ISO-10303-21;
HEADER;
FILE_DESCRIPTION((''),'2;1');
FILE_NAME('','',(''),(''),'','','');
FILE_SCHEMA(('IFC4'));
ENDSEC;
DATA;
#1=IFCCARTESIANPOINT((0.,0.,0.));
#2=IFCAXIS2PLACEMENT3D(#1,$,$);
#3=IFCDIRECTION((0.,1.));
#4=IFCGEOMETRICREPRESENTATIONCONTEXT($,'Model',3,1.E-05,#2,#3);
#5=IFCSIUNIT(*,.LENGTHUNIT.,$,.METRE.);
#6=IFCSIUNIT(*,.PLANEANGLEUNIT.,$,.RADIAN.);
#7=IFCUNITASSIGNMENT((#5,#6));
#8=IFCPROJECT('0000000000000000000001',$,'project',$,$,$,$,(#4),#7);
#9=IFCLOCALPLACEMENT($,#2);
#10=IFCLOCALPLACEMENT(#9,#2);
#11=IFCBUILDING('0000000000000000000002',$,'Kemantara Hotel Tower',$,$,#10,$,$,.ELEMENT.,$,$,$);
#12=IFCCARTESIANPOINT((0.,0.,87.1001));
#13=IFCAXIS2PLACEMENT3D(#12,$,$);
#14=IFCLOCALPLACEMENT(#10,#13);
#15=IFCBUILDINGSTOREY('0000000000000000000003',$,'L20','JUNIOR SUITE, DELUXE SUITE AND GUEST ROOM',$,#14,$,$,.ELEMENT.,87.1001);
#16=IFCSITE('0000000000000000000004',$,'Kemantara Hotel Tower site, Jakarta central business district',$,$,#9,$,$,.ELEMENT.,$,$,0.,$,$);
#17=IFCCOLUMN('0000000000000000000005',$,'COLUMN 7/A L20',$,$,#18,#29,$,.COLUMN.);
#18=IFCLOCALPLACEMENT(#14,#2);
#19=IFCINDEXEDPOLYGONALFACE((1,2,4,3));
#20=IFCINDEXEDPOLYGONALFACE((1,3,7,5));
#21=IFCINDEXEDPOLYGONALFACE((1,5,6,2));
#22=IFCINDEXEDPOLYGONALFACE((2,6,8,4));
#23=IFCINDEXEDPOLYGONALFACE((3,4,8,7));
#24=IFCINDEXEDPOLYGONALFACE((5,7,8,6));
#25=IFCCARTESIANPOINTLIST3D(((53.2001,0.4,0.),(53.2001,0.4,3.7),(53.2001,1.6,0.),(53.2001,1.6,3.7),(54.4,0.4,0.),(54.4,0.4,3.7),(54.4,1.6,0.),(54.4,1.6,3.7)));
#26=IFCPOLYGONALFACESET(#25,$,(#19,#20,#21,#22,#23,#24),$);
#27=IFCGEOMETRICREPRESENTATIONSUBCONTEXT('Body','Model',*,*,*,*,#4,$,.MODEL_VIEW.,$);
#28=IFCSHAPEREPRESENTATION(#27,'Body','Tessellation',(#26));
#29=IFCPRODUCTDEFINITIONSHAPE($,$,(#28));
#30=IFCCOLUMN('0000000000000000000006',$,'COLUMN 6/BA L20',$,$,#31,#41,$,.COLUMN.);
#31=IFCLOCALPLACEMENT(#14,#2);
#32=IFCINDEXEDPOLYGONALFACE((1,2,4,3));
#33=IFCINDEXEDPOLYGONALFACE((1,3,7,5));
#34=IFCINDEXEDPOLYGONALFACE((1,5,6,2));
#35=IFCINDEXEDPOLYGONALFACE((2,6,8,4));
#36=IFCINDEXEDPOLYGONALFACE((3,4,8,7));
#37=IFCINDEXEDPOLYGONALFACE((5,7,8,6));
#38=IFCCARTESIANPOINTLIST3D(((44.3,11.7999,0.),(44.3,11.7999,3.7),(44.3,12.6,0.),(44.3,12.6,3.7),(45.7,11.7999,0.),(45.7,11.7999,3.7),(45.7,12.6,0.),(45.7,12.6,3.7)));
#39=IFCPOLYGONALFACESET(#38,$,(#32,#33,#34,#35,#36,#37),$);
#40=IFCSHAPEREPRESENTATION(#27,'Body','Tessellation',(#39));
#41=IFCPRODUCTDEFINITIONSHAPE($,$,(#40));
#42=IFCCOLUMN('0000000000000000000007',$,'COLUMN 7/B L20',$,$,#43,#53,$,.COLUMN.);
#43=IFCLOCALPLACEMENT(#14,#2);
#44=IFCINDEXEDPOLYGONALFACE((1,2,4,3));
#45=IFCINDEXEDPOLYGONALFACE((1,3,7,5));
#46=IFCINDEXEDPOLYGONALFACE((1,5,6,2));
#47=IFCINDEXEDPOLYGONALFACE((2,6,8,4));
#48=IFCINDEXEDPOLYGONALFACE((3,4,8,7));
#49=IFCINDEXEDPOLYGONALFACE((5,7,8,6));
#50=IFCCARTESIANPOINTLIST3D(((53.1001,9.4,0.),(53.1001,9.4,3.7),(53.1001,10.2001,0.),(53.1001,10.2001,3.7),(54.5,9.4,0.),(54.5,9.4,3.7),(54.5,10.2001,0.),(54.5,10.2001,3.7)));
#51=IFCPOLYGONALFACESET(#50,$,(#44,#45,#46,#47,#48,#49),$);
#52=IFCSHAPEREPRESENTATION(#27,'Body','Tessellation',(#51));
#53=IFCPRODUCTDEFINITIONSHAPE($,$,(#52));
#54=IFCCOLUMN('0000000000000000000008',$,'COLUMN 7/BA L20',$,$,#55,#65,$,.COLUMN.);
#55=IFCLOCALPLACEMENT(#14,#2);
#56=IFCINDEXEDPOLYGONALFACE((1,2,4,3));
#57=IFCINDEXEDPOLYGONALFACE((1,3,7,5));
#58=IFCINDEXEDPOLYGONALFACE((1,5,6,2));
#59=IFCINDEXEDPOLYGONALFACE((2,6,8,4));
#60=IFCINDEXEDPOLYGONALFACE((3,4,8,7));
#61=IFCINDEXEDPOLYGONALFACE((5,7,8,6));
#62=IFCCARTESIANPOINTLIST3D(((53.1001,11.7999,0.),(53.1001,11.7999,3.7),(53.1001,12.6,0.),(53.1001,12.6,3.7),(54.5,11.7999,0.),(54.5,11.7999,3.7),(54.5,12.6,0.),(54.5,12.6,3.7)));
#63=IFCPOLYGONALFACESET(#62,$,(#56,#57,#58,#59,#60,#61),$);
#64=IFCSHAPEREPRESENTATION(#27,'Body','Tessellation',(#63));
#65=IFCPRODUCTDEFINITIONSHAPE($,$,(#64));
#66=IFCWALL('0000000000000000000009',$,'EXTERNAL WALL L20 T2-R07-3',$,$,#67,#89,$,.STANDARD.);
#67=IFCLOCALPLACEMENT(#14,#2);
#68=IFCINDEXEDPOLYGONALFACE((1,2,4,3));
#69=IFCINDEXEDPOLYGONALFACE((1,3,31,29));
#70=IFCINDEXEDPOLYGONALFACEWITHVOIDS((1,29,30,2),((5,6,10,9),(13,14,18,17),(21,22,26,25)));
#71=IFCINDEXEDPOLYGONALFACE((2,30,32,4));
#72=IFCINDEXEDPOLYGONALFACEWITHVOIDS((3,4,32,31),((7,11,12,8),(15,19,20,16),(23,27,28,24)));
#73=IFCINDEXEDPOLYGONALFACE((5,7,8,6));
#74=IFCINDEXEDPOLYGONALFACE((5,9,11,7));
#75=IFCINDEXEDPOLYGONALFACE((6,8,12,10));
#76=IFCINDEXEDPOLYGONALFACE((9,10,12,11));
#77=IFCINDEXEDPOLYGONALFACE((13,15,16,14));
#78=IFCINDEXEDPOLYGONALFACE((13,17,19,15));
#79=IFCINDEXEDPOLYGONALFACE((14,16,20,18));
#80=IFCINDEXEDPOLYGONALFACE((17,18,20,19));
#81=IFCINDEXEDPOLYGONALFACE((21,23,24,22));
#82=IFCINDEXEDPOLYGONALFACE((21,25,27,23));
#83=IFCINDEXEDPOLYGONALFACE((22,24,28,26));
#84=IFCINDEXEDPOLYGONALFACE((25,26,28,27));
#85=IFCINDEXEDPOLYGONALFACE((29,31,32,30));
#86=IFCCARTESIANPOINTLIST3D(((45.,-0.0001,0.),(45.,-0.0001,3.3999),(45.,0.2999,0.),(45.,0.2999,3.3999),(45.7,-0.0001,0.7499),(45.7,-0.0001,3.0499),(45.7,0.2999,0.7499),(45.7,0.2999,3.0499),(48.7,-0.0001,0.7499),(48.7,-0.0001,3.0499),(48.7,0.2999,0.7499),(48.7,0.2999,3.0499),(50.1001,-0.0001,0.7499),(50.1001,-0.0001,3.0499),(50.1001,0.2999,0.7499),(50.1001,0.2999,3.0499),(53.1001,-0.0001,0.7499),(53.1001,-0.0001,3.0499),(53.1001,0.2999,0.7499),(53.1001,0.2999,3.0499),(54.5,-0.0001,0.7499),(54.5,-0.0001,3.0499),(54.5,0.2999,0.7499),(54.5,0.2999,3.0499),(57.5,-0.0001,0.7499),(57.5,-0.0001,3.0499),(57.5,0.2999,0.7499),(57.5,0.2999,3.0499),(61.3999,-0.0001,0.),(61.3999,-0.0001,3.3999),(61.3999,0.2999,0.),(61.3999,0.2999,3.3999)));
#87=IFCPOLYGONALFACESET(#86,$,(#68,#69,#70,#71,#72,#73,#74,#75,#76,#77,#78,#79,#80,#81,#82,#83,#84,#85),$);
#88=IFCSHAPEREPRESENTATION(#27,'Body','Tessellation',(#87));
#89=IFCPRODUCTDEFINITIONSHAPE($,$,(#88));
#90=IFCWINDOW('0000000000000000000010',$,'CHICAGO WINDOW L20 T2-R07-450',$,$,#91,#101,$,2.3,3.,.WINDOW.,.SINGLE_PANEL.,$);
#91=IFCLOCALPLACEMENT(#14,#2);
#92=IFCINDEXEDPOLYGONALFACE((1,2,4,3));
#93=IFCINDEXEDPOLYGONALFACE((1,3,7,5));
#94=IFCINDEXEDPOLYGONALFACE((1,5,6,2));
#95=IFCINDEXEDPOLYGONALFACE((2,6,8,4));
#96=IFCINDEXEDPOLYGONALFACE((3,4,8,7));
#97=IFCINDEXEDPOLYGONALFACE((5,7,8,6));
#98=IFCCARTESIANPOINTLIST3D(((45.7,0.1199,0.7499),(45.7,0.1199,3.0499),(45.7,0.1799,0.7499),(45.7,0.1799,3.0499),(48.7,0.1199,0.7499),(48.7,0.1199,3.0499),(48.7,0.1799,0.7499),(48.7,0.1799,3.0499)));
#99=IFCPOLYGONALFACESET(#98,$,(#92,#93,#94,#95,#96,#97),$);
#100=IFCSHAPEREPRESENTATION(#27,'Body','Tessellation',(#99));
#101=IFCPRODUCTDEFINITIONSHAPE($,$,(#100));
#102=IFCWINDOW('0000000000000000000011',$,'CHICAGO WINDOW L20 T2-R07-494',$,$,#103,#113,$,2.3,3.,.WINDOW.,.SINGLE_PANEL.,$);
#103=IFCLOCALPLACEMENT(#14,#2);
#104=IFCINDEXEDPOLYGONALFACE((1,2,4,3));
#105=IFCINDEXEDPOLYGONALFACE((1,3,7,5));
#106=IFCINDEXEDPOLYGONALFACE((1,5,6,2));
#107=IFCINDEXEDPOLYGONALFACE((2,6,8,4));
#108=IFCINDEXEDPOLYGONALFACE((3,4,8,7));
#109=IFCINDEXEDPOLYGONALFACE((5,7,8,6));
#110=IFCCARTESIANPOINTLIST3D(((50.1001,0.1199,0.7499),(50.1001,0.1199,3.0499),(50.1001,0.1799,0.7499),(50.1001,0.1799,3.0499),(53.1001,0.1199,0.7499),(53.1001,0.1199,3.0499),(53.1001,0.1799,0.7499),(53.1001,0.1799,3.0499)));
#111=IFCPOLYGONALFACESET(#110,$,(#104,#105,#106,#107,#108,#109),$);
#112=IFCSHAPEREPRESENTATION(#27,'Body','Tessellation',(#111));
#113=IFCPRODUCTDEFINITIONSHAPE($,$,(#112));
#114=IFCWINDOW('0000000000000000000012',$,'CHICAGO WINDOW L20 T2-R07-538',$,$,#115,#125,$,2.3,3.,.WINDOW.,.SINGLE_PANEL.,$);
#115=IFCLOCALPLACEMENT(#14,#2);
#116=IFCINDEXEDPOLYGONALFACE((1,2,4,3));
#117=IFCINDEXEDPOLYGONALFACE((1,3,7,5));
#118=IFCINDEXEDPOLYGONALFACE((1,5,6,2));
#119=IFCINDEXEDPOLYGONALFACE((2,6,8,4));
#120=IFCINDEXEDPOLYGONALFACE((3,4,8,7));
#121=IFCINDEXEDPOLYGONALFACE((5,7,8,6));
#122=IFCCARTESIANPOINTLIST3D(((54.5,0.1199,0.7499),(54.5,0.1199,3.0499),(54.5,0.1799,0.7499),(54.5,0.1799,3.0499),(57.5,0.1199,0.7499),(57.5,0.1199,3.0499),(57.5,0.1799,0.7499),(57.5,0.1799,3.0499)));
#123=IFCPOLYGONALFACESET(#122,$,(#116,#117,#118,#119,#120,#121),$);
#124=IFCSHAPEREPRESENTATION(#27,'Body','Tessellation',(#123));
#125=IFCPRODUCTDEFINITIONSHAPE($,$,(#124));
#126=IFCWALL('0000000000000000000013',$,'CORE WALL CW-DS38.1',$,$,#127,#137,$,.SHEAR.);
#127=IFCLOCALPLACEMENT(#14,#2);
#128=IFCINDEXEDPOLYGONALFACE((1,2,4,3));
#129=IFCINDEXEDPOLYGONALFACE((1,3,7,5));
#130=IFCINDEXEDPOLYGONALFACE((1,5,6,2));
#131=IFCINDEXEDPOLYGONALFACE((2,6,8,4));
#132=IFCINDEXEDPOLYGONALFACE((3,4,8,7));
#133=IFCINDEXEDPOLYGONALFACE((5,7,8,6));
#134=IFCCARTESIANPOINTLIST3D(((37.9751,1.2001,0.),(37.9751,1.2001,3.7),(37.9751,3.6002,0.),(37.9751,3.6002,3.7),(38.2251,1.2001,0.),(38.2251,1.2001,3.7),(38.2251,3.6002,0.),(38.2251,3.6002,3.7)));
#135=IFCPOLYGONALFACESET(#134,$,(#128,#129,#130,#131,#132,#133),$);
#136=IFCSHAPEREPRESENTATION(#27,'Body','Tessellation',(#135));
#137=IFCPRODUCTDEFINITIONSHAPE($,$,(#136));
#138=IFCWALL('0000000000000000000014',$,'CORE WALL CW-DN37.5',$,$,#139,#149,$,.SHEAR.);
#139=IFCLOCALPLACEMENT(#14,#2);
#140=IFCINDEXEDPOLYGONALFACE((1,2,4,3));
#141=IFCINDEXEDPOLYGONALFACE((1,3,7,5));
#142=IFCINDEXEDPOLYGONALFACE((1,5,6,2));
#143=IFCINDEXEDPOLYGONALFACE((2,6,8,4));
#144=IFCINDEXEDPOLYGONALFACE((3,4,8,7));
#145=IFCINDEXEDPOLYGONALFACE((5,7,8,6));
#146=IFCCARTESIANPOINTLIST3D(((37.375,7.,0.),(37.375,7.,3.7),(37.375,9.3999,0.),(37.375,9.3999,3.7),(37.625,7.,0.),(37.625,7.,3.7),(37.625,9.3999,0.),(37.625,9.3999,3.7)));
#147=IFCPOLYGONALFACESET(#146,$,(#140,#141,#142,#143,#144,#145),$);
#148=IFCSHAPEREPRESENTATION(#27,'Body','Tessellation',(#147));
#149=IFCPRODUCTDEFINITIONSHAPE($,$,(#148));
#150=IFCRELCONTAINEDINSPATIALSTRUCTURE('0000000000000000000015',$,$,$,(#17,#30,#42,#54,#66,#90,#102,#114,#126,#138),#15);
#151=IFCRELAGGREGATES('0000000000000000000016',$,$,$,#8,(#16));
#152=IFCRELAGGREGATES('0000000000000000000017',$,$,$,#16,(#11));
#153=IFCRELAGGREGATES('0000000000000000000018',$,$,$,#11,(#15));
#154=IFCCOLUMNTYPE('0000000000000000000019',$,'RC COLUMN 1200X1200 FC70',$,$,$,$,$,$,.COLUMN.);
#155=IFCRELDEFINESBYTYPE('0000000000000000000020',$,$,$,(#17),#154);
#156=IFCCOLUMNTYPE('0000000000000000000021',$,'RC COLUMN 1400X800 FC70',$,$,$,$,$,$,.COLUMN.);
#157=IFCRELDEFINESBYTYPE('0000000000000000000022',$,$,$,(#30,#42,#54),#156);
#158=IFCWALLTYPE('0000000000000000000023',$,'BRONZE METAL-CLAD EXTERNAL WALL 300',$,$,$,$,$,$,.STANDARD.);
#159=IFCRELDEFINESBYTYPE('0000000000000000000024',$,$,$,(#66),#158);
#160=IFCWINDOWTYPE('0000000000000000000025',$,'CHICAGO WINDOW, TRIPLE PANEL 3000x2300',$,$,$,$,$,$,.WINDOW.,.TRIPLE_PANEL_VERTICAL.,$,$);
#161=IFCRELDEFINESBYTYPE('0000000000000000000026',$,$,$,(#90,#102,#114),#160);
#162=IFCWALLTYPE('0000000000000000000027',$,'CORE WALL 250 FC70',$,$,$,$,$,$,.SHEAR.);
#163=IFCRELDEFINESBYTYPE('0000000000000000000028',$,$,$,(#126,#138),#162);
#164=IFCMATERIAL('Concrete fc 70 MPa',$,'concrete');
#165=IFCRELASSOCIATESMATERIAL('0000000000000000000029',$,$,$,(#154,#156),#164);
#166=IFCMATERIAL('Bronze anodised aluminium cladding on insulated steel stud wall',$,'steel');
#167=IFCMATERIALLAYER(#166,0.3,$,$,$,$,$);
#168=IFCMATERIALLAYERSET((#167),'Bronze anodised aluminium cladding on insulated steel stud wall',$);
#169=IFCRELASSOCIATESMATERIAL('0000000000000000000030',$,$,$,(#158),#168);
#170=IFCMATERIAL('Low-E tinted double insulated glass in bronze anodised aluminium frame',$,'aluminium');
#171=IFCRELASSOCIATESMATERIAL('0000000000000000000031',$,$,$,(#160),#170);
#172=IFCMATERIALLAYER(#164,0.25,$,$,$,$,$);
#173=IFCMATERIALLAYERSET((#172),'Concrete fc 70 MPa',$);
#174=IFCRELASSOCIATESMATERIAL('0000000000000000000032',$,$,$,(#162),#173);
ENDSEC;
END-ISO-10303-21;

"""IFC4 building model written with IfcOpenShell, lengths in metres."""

from ifc_helpers import new_model, si_unit, direction, frame, frame_2d, origin, origin_2d, place, context, subcontext, project, spatial, rectangle, extrude, material, layer, layer_set, material_profile, profile_set, type_object, element, fill, save


model = new_model("IFC4")

# Units and contexts
model_context = context("Model", 3, precision=1e-05, world=origin(), true_north=direction((0.0, 1.0)))
body_context = subcontext(model_context, "Body", "Model", "MODEL_VIEW")
ifc_project = project(units=[si_unit("LENGTHUNIT", "METRE"), si_unit("PLANEANGLEUNIT", "RADIAN")], contexts=[model_context])

# Site, building, storey
site_placement = place(None, origin())
site = spatial("IfcSite", under=ifc_project, at=site_placement, Name="Kemantara Hotel Tower site, Jakarta central business district", CompositionType="ELEMENT", RefElevation=0.0)
building_placement = place(site_placement, origin())
building = spatial("IfcBuilding", under=site, at=building_placement, Name="Kemantara Hotel Tower", CompositionType="ELEMENT")
storey_placement = place(building_placement, frame((0.0, 0.0, 87.1001)))
storey = spatial("IfcBuildingStorey", under=building, at=storey_placement, Name="L20", Description="JUNIOR SUITE, DELUXE SUITE AND GUEST ROOM", CompositionType="ELEMENT", Elevation=87.1001)

# Columns
ifc_material_1 = material(Name="Concrete fc 70 MPa", Category="concrete")
ifc_material_profile_1 = material_profile(ifc_material_1, rectangle(XDim=1.2, YDim=1.2, at=origin_2d()), Name="RC 1200X1200")
ifc_profile_set_1 = profile_set([ifc_material_profile_1], Name="Concrete fc 70 MPa")
column_type_1 = type_object("IfcColumnType", Name="RC COLUMN 1200X1200 FC70", PredefinedType="COLUMN", material=ifc_profile_set_1)
column_placement = place(storey_placement, frame((53.8, 1.0, 0.0), z_axis=(0.0, 0.0, 1.0), x_axis=(1.0, 0.0, 0.0)))
element("IfcColumn", 1, at=column_placement, inside=storey, type_object=column_type_1, Name="COLUMN 7/A L20", PredefinedType="COLUMN", context=body_context, shape_type="SweptSolid", body=[
    extrude(rectangle(XDim=1.2, YDim=1.2, at=origin_2d()), origin(), (0.0, 0.0, 1.0), 3.7),
])
ifc_material_profile_2 = material_profile(ifc_material_1, rectangle(XDim=1.3999, YDim=0.8, at=origin_2d()), Name="RC 1400X800")
ifc_profile_set_2 = profile_set([ifc_material_profile_2], Name="Concrete fc 70 MPa")
column_type_2 = type_object("IfcColumnType", Name="RC COLUMN 1400X800 FC70", PredefinedType="COLUMN", material=ifc_profile_set_2)
for number, where, z_axis, x_axis, name in (
    (2, (45.0, 12.2, 0.0), (0.0, 0.0, 1.0), (1.0, 0.0, 0.0), "COLUMN 6/BA L20"),
    (3, (53.8, 9.8, 0.0), (0.0, 0.0, 1.0), (1.0, 0.0, 0.0), "COLUMN 7/B L20"),
    (4, (53.8, 12.2, 0.0), (0.0, 0.0, 1.0), (1.0, 0.0, 0.0), "COLUMN 7/BA L20"),
):
    element("IfcColumn", number, at=place(storey_placement, frame(where, z_axis=z_axis, x_axis=x_axis)), inside=storey, type_object=column_type_2, Name=name, PredefinedType="COLUMN", context=body_context, shape_type="SweptSolid", body=[
        extrude(rectangle(XDim=1.3999, YDim=0.8, at=origin_2d()), origin(), (0.0, 0.0, 1.0), 3.7),
    ])

# Wall, openings, windows
ifc_material_2 = material(Name="Bronze anodised aluminium cladding on insulated steel stud wall", Category="steel")
ifc_layer_1 = layer(ifc_material_2, 0.3)
ifc_layer_set_1 = layer_set([ifc_layer_1], Name="Bronze anodised aluminium cladding on insulated steel stud wall")
wall_type_1 = type_object("IfcWallType", Name="BRONZE METAL-CLAD EXTERNAL WALL 300", PredefinedType="STANDARD", material=ifc_layer_set_1)
wall_1_placement = place(storey_placement, frame((45.0, 0.1499, 0.0), z_axis=(0.0, 0.0, 1.0), x_axis=(1.0, 0.0, 0.0)))
wall_1 = element("IfcWall", 5, at=wall_1_placement, inside=storey, type_object=wall_type_1, Name="EXTERNAL WALL L20 T2-R07-3", PredefinedType="STANDARD", context=body_context, shape_type="SweptSolid", body=[
    extrude(rectangle(XDim=16.3999, YDim=0.3, at=frame_2d((8.2, 0.0))), origin(), (0.0, 0.0, 1.0), 3.3999),
])
opening_1_placement = place(wall_1_placement, frame((0.7, 0.0, 0.75)))
opening_1 = element("IfcOpeningElement", 6, at=opening_1_placement, cuts=wall_1, PredefinedType="OPENING", context=body_context, shape_type="SweptSolid", body=[
    extrude(rectangle(XDim=3.0, YDim=2.3, at=frame_2d((1.5, 1.1499))), frame((0.0, 0.1599, 0.0), z_axis=(0.0, -1.0, 0.0), x_axis=(1.0, 0.0, 0.0)), (0.0, 0.0, 1.0), 0.3201),
])
opening_2_placement = place(wall_1_placement, frame((5.1001, 0.0, 0.75)))
opening_2 = element("IfcOpeningElement", 7, at=opening_2_placement, cuts=wall_1, PredefinedType="OPENING", context=body_context, shape_type="SweptSolid", body=[
    extrude(rectangle(XDim=3.0, YDim=2.3, at=frame_2d((1.5, 1.1499))), frame((0.0, 0.1599, 0.0), z_axis=(0.0, -1.0, 0.0), x_axis=(1.0, 0.0, 0.0)), (0.0, 0.0, 1.0), 0.3201),
])
opening_3_placement = place(wall_1_placement, frame((9.5, 0.0, 0.75)))
opening_3 = element("IfcOpeningElement", 8, at=opening_3_placement, cuts=wall_1, PredefinedType="OPENING", context=body_context, shape_type="SweptSolid", body=[
    extrude(rectangle(XDim=3.0, YDim=2.3, at=frame_2d((1.5, 1.1499))), frame((0.0, 0.1599, 0.0), z_axis=(0.0, -1.0, 0.0), x_axis=(1.0, 0.0, 0.0)), (0.0, 0.0, 1.0), 0.3201),
])
ifc_material_3 = material(Name="Low-E tinted double insulated glass in bronze anodised aluminium frame", Category="aluminium")
window_type = type_object("IfcWindowType", Name="CHICAGO WINDOW, TRIPLE PANEL 3000x2300", PartitioningType="TRIPLE_PANEL_VERTICAL", PredefinedType="WINDOW", material=ifc_material_3)
window_1_placement = place(opening_1_placement, origin())
window_1 = element("IfcWindow", 9, at=window_1_placement, inside=storey, type_object=window_type, Name="CHICAGO WINDOW L20 T2-R07-450", OverallHeight=2.3, OverallWidth=3.0, PartitioningType="SINGLE_PANEL", PredefinedType="WINDOW", context=body_context, shape_type="SweptSolid", body=[
    extrude(rectangle(XDim=3.0, YDim=2.3, at=frame_2d((1.5, 1.1499))), frame((0.0, 0.03, 0.0), z_axis=(0.0, -1.0, 0.0), x_axis=(1.0, 0.0, 0.0)), (0.0, 0.0, 1.0), 0.0601),
])
fill(opening_1, window_1)
window_2_placement = place(opening_2_placement, origin())
window_2 = element("IfcWindow", 10, at=window_2_placement, inside=storey, type_object=window_type, Name="CHICAGO WINDOW L20 T2-R07-494", OverallHeight=2.3, OverallWidth=3.0, PartitioningType="SINGLE_PANEL", PredefinedType="WINDOW", context=body_context, shape_type="SweptSolid", body=[
    extrude(rectangle(XDim=3.0, YDim=2.3, at=frame_2d((1.5, 1.1499))), frame((0.0, 0.03, 0.0), z_axis=(0.0, -1.0, 0.0), x_axis=(1.0, 0.0, 0.0)), (0.0, 0.0, 1.0), 0.0601),
])
fill(opening_2, window_2)
window_3_placement = place(opening_3_placement, origin())
window_3 = element("IfcWindow", 11, at=window_3_placement, inside=storey, type_object=window_type, Name="CHICAGO WINDOW L20 T2-R07-538", OverallHeight=2.3, OverallWidth=3.0, PartitioningType="SINGLE_PANEL", PredefinedType="WINDOW", context=body_context, shape_type="SweptSolid", body=[
    extrude(rectangle(XDim=3.0, YDim=2.3, at=frame_2d((1.5, 1.1499))), frame((0.0, 0.03, 0.0), z_axis=(0.0, -1.0, 0.0), x_axis=(1.0, 0.0, 0.0)), (0.0, 0.0, 1.0), 0.0601),
])
fill(opening_3, window_3)

# Walls
ifc_layer_2 = layer(ifc_material_1, 0.25)
ifc_layer_set_2 = layer_set([ifc_layer_2], Name="Concrete fc 70 MPa")
wall_type_2 = type_object("IfcWallType", Name="CORE WALL 250 FC70", PredefinedType="SHEAR", material=ifc_layer_set_2)
wall_2_placement = place(storey_placement, frame((38.1001, 1.2, 0.0), z_axis=(0.0, 0.0, 1.0), x_axis=(0.0, 1.0, 0.0)))
element("IfcWall", 12, at=wall_2_placement, inside=storey, type_object=wall_type_2, Name="CORE WALL CW-DS38.1", PredefinedType="SHEAR", context=body_context, shape_type="SweptSolid", body=[
    extrude(rectangle(XDim=2.4001, YDim=0.25, at=frame_2d((1.2002, 0.0))), origin(), (0.0, 0.0, 1.0), 3.7),
])
wall_3_placement = place(storey_placement, frame((37.5, 7.0, 0.0), z_axis=(0.0, 0.0, 1.0), x_axis=(0.0, 1.0, 0.0)))
element("IfcWall", 13, at=wall_3_placement, inside=storey, type_object=wall_type_2, Name="CORE WALL CW-DN37.5", PredefinedType="SHEAR", context=body_context, shape_type="SweptSolid", body=[
    extrude(rectangle(XDim=2.3999, YDim=0.25, at=frame_2d((1.2, 0.0))), origin(), (0.0, 0.0, 1.0), 3.7),
])

save(model, "model.ifc")
